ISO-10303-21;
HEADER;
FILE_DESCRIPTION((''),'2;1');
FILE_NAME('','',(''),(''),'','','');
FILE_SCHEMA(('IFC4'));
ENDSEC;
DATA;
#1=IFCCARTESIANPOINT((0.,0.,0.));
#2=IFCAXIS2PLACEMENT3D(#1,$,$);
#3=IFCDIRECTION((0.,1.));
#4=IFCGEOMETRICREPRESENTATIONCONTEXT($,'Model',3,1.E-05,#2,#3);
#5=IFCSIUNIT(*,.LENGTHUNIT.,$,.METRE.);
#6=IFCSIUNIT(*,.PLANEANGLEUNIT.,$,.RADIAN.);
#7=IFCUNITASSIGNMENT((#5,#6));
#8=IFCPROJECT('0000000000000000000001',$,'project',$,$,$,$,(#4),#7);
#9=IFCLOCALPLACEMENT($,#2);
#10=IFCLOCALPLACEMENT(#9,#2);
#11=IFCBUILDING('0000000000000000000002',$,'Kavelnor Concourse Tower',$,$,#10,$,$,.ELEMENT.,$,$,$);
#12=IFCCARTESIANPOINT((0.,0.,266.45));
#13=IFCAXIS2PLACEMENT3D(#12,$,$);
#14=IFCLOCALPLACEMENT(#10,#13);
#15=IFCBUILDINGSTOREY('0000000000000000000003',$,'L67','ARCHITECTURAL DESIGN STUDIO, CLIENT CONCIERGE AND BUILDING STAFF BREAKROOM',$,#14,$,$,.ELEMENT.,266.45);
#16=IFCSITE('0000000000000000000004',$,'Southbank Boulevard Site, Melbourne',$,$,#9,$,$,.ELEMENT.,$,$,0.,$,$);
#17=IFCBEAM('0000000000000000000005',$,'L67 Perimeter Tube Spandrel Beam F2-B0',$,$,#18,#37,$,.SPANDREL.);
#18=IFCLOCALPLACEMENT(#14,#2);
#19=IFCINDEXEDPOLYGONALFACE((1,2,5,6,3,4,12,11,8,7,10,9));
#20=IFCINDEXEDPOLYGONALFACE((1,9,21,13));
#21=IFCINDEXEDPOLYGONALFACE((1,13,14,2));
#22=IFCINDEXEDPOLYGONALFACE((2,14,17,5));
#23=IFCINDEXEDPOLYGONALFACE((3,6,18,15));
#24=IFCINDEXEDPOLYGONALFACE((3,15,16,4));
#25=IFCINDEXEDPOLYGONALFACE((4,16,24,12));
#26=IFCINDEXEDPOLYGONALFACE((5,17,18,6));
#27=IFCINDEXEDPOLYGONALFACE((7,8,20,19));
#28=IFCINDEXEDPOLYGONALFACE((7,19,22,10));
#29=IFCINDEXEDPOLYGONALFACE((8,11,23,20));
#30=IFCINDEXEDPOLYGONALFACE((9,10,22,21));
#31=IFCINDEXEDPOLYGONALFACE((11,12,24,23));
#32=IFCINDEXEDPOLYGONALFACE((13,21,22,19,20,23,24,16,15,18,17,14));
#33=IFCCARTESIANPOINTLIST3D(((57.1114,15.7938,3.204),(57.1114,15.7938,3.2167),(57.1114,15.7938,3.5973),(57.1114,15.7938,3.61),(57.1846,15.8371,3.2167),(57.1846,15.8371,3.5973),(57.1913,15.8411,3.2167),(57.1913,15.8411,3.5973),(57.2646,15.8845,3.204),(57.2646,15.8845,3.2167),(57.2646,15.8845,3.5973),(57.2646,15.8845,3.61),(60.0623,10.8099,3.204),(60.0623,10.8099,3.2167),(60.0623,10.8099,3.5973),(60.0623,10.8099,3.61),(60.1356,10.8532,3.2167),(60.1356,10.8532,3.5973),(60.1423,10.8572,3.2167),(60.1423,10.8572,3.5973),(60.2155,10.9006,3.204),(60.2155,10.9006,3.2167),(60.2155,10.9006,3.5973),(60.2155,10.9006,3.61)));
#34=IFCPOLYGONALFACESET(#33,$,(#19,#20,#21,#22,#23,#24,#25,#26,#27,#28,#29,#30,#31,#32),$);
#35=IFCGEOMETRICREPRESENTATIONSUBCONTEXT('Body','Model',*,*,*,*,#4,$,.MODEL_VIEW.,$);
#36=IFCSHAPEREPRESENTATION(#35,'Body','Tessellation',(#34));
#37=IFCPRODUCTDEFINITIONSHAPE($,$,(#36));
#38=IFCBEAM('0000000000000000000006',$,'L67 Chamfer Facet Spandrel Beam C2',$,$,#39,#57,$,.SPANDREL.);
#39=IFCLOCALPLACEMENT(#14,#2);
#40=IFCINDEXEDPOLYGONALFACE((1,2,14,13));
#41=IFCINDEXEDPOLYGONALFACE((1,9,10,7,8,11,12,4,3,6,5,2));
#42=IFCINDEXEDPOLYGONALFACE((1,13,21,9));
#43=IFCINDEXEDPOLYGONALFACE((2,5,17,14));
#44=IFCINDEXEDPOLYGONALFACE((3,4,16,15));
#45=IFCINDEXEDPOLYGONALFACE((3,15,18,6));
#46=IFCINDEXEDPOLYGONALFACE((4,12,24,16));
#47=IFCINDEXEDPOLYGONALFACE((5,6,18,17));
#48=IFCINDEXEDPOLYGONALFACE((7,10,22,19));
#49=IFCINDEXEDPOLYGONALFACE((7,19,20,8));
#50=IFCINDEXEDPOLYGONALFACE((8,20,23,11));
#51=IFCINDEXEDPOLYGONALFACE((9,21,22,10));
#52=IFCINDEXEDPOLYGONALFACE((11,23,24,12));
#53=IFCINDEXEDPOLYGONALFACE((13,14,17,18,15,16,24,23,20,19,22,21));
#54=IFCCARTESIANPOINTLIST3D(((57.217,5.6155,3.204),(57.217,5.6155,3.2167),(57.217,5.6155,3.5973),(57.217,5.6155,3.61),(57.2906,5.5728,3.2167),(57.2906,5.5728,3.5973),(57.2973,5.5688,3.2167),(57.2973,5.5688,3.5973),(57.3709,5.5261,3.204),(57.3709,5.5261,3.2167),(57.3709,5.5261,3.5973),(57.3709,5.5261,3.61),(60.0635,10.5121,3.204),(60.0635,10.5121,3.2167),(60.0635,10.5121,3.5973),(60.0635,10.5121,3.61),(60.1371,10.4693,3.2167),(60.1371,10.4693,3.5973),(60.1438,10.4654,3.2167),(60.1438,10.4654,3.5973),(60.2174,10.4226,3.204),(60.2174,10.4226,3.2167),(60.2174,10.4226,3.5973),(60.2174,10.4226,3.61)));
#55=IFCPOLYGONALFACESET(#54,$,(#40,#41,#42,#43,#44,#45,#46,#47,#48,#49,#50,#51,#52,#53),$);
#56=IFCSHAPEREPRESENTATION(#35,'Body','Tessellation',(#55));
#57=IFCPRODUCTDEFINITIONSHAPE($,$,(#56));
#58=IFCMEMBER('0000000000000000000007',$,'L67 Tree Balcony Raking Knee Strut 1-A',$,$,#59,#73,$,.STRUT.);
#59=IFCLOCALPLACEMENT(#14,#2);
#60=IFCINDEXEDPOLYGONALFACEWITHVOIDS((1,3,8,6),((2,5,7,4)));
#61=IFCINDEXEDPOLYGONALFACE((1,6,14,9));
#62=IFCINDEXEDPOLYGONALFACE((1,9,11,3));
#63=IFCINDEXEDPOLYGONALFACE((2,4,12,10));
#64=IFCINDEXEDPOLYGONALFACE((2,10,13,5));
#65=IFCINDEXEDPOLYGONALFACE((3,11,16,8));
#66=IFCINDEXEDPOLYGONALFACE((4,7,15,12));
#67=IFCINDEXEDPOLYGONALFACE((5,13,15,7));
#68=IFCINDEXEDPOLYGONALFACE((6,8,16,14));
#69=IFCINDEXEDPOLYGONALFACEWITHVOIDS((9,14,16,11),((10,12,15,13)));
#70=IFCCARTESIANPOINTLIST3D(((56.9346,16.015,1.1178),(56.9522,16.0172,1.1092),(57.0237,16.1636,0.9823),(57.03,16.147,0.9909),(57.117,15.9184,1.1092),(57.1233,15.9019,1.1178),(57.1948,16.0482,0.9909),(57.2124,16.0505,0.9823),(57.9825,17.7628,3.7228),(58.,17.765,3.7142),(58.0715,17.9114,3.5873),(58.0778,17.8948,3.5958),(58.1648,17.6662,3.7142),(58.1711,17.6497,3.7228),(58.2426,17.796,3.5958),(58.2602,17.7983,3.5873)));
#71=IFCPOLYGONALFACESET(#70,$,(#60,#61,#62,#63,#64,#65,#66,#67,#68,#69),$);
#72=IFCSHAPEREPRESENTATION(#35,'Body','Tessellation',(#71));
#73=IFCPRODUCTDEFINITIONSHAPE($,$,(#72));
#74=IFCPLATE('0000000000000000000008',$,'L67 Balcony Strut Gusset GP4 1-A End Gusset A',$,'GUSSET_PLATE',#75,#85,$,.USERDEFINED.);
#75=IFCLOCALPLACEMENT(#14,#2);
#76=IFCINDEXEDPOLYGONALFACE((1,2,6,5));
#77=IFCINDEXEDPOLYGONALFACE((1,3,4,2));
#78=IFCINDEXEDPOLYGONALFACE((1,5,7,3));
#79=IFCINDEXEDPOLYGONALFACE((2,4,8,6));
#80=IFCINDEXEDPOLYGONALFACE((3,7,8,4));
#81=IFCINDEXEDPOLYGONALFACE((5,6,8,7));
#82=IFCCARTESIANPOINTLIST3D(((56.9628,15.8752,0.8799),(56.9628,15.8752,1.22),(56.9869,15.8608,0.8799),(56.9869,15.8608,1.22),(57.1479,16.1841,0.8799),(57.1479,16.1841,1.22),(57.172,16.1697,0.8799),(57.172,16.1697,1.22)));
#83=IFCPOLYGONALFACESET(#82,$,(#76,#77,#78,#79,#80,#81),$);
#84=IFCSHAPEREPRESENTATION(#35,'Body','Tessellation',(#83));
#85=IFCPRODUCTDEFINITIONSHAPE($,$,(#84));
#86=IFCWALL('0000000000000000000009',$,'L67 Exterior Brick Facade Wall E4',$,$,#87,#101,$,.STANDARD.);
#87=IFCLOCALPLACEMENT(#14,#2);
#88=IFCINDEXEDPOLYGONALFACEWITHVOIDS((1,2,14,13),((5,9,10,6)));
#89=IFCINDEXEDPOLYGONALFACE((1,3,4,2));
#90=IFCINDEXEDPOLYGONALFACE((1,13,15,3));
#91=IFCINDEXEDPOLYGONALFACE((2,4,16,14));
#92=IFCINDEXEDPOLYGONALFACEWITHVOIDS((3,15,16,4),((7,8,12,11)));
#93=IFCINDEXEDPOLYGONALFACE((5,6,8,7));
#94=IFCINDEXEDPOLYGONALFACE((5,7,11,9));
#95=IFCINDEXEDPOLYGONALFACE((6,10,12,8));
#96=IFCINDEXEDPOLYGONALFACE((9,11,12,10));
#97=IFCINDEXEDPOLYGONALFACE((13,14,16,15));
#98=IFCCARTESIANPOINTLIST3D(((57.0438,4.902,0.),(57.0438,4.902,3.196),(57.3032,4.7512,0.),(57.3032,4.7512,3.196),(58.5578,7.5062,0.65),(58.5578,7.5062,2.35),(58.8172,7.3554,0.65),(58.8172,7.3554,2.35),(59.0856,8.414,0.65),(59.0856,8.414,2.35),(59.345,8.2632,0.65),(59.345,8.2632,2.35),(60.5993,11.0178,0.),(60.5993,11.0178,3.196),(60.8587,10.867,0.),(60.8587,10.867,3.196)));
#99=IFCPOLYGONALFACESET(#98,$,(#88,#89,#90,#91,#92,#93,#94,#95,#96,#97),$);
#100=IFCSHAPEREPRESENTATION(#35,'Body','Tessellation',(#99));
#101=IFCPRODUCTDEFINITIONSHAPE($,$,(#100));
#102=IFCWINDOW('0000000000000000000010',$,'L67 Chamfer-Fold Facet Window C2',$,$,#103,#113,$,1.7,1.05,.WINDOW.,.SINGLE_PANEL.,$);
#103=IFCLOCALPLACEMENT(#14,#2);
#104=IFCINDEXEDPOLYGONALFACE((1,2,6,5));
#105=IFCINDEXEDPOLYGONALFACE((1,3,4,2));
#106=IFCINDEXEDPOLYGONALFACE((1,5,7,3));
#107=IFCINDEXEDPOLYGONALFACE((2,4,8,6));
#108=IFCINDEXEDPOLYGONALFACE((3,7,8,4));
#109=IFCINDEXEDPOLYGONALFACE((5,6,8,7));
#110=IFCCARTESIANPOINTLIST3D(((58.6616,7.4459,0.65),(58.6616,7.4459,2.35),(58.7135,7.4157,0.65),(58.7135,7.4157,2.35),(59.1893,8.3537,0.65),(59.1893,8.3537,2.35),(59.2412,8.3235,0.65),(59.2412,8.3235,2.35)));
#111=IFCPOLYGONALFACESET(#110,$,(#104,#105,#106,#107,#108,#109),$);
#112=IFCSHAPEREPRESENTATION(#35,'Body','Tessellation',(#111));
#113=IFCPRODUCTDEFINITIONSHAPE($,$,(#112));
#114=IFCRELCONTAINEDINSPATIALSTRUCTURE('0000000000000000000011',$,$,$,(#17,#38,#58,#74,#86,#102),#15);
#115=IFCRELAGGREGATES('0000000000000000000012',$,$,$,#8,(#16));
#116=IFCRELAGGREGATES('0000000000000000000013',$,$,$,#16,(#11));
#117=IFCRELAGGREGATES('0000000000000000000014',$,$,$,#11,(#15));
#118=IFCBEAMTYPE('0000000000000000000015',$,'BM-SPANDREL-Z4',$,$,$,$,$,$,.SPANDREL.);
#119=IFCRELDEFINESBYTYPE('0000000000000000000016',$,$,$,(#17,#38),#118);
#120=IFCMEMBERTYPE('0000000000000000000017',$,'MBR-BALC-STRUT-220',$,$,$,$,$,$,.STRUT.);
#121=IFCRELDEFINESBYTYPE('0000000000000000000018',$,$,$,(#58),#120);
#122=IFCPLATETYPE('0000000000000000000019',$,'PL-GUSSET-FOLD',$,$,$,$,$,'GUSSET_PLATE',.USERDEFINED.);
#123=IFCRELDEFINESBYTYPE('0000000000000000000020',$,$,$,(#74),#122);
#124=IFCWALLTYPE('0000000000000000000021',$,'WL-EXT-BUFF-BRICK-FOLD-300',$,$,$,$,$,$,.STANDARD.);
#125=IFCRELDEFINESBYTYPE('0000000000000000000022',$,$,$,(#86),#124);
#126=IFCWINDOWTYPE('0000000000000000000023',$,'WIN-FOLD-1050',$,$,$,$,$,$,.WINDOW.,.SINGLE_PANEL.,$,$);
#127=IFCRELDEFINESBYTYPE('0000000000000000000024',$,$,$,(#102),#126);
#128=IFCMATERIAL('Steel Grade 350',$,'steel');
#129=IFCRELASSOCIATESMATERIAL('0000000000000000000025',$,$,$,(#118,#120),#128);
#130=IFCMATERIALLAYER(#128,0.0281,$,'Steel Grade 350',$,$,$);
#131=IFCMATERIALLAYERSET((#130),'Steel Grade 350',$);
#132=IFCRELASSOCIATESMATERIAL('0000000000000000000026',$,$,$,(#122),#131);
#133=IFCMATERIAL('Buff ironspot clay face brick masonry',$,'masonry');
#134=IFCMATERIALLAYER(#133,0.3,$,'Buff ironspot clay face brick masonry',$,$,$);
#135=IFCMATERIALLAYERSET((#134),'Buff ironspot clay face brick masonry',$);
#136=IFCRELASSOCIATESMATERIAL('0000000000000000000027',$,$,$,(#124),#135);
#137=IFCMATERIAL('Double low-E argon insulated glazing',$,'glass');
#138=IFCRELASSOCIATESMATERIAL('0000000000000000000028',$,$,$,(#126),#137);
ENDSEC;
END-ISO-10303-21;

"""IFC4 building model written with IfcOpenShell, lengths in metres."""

from ifc_helpers import new_model, si_unit, direction, frame, frame_2d, origin, origin_2d, place, context, subcontext, project, spatial, rectangle, hollow_rectangle, i_section, extrude, material, layer, layer_set, material_profile, profile_set, type_object, element, fill, save


model = new_model("IFC4")

# Units and contexts
model_context = context("Model", 3, precision=1e-05, world=origin(), true_north=direction((0.0, 1.0)))
body_context = subcontext(model_context, "Body", "Model", "MODEL_VIEW")
ifc_project = project(units=[si_unit("LENGTHUNIT", "METRE"), si_unit("PLANEANGLEUNIT", "RADIAN")], contexts=[model_context])

# Site, building, storey
site_placement = place(None, origin())
site = spatial("IfcSite", under=ifc_project, at=site_placement, Name="Southbank Boulevard Site, Melbourne", CompositionType="ELEMENT", RefElevation=0.0)
building_placement = place(site_placement, origin())
building = spatial("IfcBuilding", under=site, at=building_placement, Name="Kavelnor Concourse Tower", CompositionType="ELEMENT")
storey_placement = place(building_placement, frame((0.0, 0.0, 266.45)))
storey = spatial("IfcBuildingStorey", under=building, at=storey_placement, Name="L67", Description="ARCHITECTURAL DESIGN STUDIO, CLIENT CONCIERGE AND BUILDING STAFF BREAKROOM", CompositionType="ELEMENT", Elevation=266.45)

# Shared definitions
ifc_material_1 = material(Name="Steel Grade 350", Category="steel")

# Beams
ifc_material_profile_1 = material_profile(ifc_material_1, i_section(OverallWidth=0.178, OverallDepth=0.406, WebThickness=0.0078, FlangeThickness=0.0127, at=origin_2d()), Name="410UB59")
ifc_profile_set_1 = profile_set([ifc_material_profile_1], Name="Steel Grade 350")
beam_type_1 = type_object("IfcBeamType", Name="BM-SPANDREL-Z4", PredefinedType="SPANDREL", material=ifc_profile_set_1)
beam_1_placement = place(storey_placement, frame((60.1389, 10.8552, 3.407), z_axis=(-0.509485, 0.86048, 0.0), x_axis=(-0.86048, -0.509485, 0.0)))
element("IfcBeam", 1, at=beam_1_placement, inside=storey, type_object=beam_type_1, Name="L67 Perimeter Tube Spandrel Beam F2-B0", PredefinedType="SPANDREL", context=body_context, shape_type="SweptSolid", body=[
    extrude(i_section(OverallWidth=0.178, OverallDepth=0.406, WebThickness=0.0078, FlangeThickness=0.0127, at=origin_2d()), origin(), (0.0, 0.0, 1.0), 5.792),
])
beam_2_placement = place(storey_placement, frame((57.2939, 5.5708, 3.407), z_axis=(0.502573, 0.864535, 0.0), x_axis=(-0.864535, 0.502573, 0.0)))
element("IfcBeam", 2, at=beam_2_placement, inside=storey, type_object=beam_type_1, Name="L67 Chamfer Facet Spandrel Beam C2", PredefinedType="SPANDREL", context=body_context, shape_type="SweptSolid", body=[
    extrude(i_section(OverallWidth=0.178, OverallDepth=0.406, WebThickness=0.0078, FlangeThickness=0.0127, at=origin_2d()), origin(), (0.0, 0.0, 1.0), 5.6638),
])

# Member
ifc_material_profile_2 = material_profile(ifc_material_1, hollow_rectangle(XDim=0.22, YDim=0.22, WallThickness=0.0139, at=origin_2d()), Name="SHS 220x220x14")
ifc_profile_set_2 = profile_set([ifc_material_profile_2], Name="Steel Grade 350")
member_type = type_object("IfcMemberType", Name="MBR-BALC-STRUT-220", PredefinedType="STRUT", material=ifc_profile_set_2)
member_placement = place(storey_placement, frame((57.0735, 16.0327, 1.05), z_axis=(0.316823, 0.528456, 0.787628), x_axis=(-0.857673, 0.514196, 0.0)))
element("IfcMember", 3, at=member_placement, inside=storey, type_object=member_type, Name="L67 Tree Balcony Raking Knee Strut 1-A", PredefinedType="STRUT", context=body_context, shape_type="SweptSolid", body=[
    extrude(hollow_rectangle(XDim=0.22, YDim=0.22, WallThickness=0.0139, at=origin_2d()), origin(), (0.0, 0.0, 1.0), 3.3074),
])

# Plate
ifc_layer_1 = layer(ifc_material_1, 0.0281, Name="Steel Grade 350")
ifc_layer_set_1 = layer_set([ifc_layer_1], Name="Steel Grade 350")
plate_type = type_object("IfcPlateType", Name="PL-GUSSET-FOLD", ElementType="GUSSET_PLATE", PredefinedType="USERDEFINED", material=ifc_layer_set_1)
plate_placement = place(storey_placement, frame((57.0674, 16.0225, 0.8799), z_axis=(0.0, 0.0, 1.0), x_axis=(0.51414, 0.857706, 0.0)))
element("IfcPlate", 4, at=plate_placement, inside=storey, type_object=plate_type, Name="L67 Balcony Strut Gusset GP4 1-A End Gusset A", ObjectType="GUSSET_PLATE", PredefinedType="USERDEFINED", context=body_context, shape_type="SweptSolid", body=[
    extrude(rectangle(XDim=0.3601, YDim=0.0281, at=origin_2d()), origin(), (0.0, 0.0, 1.0), 0.3401),
])

# Wall, opening, window
ifc_material_2 = material(Name="Buff ironspot clay face brick masonry", Category="masonry")
ifc_layer_2 = layer(ifc_material_2, 0.3, Name="Buff ironspot clay face brick masonry")
ifc_layer_set_2 = layer_set([ifc_layer_2], Name="Buff ironspot clay face brick masonry")
wall_type_1 = type_object("IfcWallType", Name="WL-EXT-BUFF-BRICK-FOLD-300", PredefinedType="STANDARD", material=ifc_layer_set_2)
wall_1_placement = place(storey_placement, frame((60.729, 10.9424, 0.0), z_axis=(0.0, 0.0, 1.0), x_axis=(-0.502596, -0.864521, 0.0)))
wall_1 = element("IfcWall", 5, at=wall_1_placement, inside=storey, type_object=wall_type_1, Name="L67 Exterior Brick Facade Wall E4", PredefinedType="STANDARD", context=body_context, shape_type="SweptSolid", body=[
    extrude(rectangle(XDim=7.0742, YDim=0.3, at=frame_2d((3.5371, 0.0))), origin(), (0.0, 0.0, 1.0), 3.196),
])
opening_1_placement = place(wall_1_placement, frame((3.012, 0.0, 0.6499)))
opening_1 = element("IfcOpeningElement", 6, at=opening_1_placement, cuts=wall_1, PredefinedType="OPENING", context=body_context, shape_type="SweptSolid", body=[
    extrude(rectangle(XDim=1.05, YDim=1.7, at=frame_2d((0.5249, 0.8501))), frame((0.0, 0.1602, 0.0), z_axis=(0.0, -1.0, 0.0), x_axis=(1.0, 0.0, 0.0)), (0.0, 0.0, 1.0), 0.3201),
])
ifc_material_3 = material(Name="Double low-E argon insulated glazing", Category="glass")
window_type_1 = type_object("IfcWindowType", Name="WIN-FOLD-1050", PartitioningType="SINGLE_PANEL", PredefinedType="WINDOW", material=ifc_material_3)
window_1_placement = place(opening_1_placement, origin())
window_1 = element("IfcWindow", 7, at=window_1_placement, inside=storey, type_object=window_type_1, Name="L67 Chamfer-Fold Facet Window C2", OverallHeight=1.7, OverallWidth=1.05, PartitioningType="SINGLE_PANEL", PredefinedType="WINDOW", context=body_context, shape_type="SweptSolid", body=[
    extrude(rectangle(XDim=1.05, YDim=1.7, at=frame_2d((0.5249, 0.8501))), frame((0.0, 0.03, 0.0), z_axis=(0.0, -1.0, 0.0), x_axis=(1.0, 0.0, 0.0)), (0.0, 0.0, 1.0), 0.0601),
])
fill(opening_1, window_1)

save(model, "model.ifc")
